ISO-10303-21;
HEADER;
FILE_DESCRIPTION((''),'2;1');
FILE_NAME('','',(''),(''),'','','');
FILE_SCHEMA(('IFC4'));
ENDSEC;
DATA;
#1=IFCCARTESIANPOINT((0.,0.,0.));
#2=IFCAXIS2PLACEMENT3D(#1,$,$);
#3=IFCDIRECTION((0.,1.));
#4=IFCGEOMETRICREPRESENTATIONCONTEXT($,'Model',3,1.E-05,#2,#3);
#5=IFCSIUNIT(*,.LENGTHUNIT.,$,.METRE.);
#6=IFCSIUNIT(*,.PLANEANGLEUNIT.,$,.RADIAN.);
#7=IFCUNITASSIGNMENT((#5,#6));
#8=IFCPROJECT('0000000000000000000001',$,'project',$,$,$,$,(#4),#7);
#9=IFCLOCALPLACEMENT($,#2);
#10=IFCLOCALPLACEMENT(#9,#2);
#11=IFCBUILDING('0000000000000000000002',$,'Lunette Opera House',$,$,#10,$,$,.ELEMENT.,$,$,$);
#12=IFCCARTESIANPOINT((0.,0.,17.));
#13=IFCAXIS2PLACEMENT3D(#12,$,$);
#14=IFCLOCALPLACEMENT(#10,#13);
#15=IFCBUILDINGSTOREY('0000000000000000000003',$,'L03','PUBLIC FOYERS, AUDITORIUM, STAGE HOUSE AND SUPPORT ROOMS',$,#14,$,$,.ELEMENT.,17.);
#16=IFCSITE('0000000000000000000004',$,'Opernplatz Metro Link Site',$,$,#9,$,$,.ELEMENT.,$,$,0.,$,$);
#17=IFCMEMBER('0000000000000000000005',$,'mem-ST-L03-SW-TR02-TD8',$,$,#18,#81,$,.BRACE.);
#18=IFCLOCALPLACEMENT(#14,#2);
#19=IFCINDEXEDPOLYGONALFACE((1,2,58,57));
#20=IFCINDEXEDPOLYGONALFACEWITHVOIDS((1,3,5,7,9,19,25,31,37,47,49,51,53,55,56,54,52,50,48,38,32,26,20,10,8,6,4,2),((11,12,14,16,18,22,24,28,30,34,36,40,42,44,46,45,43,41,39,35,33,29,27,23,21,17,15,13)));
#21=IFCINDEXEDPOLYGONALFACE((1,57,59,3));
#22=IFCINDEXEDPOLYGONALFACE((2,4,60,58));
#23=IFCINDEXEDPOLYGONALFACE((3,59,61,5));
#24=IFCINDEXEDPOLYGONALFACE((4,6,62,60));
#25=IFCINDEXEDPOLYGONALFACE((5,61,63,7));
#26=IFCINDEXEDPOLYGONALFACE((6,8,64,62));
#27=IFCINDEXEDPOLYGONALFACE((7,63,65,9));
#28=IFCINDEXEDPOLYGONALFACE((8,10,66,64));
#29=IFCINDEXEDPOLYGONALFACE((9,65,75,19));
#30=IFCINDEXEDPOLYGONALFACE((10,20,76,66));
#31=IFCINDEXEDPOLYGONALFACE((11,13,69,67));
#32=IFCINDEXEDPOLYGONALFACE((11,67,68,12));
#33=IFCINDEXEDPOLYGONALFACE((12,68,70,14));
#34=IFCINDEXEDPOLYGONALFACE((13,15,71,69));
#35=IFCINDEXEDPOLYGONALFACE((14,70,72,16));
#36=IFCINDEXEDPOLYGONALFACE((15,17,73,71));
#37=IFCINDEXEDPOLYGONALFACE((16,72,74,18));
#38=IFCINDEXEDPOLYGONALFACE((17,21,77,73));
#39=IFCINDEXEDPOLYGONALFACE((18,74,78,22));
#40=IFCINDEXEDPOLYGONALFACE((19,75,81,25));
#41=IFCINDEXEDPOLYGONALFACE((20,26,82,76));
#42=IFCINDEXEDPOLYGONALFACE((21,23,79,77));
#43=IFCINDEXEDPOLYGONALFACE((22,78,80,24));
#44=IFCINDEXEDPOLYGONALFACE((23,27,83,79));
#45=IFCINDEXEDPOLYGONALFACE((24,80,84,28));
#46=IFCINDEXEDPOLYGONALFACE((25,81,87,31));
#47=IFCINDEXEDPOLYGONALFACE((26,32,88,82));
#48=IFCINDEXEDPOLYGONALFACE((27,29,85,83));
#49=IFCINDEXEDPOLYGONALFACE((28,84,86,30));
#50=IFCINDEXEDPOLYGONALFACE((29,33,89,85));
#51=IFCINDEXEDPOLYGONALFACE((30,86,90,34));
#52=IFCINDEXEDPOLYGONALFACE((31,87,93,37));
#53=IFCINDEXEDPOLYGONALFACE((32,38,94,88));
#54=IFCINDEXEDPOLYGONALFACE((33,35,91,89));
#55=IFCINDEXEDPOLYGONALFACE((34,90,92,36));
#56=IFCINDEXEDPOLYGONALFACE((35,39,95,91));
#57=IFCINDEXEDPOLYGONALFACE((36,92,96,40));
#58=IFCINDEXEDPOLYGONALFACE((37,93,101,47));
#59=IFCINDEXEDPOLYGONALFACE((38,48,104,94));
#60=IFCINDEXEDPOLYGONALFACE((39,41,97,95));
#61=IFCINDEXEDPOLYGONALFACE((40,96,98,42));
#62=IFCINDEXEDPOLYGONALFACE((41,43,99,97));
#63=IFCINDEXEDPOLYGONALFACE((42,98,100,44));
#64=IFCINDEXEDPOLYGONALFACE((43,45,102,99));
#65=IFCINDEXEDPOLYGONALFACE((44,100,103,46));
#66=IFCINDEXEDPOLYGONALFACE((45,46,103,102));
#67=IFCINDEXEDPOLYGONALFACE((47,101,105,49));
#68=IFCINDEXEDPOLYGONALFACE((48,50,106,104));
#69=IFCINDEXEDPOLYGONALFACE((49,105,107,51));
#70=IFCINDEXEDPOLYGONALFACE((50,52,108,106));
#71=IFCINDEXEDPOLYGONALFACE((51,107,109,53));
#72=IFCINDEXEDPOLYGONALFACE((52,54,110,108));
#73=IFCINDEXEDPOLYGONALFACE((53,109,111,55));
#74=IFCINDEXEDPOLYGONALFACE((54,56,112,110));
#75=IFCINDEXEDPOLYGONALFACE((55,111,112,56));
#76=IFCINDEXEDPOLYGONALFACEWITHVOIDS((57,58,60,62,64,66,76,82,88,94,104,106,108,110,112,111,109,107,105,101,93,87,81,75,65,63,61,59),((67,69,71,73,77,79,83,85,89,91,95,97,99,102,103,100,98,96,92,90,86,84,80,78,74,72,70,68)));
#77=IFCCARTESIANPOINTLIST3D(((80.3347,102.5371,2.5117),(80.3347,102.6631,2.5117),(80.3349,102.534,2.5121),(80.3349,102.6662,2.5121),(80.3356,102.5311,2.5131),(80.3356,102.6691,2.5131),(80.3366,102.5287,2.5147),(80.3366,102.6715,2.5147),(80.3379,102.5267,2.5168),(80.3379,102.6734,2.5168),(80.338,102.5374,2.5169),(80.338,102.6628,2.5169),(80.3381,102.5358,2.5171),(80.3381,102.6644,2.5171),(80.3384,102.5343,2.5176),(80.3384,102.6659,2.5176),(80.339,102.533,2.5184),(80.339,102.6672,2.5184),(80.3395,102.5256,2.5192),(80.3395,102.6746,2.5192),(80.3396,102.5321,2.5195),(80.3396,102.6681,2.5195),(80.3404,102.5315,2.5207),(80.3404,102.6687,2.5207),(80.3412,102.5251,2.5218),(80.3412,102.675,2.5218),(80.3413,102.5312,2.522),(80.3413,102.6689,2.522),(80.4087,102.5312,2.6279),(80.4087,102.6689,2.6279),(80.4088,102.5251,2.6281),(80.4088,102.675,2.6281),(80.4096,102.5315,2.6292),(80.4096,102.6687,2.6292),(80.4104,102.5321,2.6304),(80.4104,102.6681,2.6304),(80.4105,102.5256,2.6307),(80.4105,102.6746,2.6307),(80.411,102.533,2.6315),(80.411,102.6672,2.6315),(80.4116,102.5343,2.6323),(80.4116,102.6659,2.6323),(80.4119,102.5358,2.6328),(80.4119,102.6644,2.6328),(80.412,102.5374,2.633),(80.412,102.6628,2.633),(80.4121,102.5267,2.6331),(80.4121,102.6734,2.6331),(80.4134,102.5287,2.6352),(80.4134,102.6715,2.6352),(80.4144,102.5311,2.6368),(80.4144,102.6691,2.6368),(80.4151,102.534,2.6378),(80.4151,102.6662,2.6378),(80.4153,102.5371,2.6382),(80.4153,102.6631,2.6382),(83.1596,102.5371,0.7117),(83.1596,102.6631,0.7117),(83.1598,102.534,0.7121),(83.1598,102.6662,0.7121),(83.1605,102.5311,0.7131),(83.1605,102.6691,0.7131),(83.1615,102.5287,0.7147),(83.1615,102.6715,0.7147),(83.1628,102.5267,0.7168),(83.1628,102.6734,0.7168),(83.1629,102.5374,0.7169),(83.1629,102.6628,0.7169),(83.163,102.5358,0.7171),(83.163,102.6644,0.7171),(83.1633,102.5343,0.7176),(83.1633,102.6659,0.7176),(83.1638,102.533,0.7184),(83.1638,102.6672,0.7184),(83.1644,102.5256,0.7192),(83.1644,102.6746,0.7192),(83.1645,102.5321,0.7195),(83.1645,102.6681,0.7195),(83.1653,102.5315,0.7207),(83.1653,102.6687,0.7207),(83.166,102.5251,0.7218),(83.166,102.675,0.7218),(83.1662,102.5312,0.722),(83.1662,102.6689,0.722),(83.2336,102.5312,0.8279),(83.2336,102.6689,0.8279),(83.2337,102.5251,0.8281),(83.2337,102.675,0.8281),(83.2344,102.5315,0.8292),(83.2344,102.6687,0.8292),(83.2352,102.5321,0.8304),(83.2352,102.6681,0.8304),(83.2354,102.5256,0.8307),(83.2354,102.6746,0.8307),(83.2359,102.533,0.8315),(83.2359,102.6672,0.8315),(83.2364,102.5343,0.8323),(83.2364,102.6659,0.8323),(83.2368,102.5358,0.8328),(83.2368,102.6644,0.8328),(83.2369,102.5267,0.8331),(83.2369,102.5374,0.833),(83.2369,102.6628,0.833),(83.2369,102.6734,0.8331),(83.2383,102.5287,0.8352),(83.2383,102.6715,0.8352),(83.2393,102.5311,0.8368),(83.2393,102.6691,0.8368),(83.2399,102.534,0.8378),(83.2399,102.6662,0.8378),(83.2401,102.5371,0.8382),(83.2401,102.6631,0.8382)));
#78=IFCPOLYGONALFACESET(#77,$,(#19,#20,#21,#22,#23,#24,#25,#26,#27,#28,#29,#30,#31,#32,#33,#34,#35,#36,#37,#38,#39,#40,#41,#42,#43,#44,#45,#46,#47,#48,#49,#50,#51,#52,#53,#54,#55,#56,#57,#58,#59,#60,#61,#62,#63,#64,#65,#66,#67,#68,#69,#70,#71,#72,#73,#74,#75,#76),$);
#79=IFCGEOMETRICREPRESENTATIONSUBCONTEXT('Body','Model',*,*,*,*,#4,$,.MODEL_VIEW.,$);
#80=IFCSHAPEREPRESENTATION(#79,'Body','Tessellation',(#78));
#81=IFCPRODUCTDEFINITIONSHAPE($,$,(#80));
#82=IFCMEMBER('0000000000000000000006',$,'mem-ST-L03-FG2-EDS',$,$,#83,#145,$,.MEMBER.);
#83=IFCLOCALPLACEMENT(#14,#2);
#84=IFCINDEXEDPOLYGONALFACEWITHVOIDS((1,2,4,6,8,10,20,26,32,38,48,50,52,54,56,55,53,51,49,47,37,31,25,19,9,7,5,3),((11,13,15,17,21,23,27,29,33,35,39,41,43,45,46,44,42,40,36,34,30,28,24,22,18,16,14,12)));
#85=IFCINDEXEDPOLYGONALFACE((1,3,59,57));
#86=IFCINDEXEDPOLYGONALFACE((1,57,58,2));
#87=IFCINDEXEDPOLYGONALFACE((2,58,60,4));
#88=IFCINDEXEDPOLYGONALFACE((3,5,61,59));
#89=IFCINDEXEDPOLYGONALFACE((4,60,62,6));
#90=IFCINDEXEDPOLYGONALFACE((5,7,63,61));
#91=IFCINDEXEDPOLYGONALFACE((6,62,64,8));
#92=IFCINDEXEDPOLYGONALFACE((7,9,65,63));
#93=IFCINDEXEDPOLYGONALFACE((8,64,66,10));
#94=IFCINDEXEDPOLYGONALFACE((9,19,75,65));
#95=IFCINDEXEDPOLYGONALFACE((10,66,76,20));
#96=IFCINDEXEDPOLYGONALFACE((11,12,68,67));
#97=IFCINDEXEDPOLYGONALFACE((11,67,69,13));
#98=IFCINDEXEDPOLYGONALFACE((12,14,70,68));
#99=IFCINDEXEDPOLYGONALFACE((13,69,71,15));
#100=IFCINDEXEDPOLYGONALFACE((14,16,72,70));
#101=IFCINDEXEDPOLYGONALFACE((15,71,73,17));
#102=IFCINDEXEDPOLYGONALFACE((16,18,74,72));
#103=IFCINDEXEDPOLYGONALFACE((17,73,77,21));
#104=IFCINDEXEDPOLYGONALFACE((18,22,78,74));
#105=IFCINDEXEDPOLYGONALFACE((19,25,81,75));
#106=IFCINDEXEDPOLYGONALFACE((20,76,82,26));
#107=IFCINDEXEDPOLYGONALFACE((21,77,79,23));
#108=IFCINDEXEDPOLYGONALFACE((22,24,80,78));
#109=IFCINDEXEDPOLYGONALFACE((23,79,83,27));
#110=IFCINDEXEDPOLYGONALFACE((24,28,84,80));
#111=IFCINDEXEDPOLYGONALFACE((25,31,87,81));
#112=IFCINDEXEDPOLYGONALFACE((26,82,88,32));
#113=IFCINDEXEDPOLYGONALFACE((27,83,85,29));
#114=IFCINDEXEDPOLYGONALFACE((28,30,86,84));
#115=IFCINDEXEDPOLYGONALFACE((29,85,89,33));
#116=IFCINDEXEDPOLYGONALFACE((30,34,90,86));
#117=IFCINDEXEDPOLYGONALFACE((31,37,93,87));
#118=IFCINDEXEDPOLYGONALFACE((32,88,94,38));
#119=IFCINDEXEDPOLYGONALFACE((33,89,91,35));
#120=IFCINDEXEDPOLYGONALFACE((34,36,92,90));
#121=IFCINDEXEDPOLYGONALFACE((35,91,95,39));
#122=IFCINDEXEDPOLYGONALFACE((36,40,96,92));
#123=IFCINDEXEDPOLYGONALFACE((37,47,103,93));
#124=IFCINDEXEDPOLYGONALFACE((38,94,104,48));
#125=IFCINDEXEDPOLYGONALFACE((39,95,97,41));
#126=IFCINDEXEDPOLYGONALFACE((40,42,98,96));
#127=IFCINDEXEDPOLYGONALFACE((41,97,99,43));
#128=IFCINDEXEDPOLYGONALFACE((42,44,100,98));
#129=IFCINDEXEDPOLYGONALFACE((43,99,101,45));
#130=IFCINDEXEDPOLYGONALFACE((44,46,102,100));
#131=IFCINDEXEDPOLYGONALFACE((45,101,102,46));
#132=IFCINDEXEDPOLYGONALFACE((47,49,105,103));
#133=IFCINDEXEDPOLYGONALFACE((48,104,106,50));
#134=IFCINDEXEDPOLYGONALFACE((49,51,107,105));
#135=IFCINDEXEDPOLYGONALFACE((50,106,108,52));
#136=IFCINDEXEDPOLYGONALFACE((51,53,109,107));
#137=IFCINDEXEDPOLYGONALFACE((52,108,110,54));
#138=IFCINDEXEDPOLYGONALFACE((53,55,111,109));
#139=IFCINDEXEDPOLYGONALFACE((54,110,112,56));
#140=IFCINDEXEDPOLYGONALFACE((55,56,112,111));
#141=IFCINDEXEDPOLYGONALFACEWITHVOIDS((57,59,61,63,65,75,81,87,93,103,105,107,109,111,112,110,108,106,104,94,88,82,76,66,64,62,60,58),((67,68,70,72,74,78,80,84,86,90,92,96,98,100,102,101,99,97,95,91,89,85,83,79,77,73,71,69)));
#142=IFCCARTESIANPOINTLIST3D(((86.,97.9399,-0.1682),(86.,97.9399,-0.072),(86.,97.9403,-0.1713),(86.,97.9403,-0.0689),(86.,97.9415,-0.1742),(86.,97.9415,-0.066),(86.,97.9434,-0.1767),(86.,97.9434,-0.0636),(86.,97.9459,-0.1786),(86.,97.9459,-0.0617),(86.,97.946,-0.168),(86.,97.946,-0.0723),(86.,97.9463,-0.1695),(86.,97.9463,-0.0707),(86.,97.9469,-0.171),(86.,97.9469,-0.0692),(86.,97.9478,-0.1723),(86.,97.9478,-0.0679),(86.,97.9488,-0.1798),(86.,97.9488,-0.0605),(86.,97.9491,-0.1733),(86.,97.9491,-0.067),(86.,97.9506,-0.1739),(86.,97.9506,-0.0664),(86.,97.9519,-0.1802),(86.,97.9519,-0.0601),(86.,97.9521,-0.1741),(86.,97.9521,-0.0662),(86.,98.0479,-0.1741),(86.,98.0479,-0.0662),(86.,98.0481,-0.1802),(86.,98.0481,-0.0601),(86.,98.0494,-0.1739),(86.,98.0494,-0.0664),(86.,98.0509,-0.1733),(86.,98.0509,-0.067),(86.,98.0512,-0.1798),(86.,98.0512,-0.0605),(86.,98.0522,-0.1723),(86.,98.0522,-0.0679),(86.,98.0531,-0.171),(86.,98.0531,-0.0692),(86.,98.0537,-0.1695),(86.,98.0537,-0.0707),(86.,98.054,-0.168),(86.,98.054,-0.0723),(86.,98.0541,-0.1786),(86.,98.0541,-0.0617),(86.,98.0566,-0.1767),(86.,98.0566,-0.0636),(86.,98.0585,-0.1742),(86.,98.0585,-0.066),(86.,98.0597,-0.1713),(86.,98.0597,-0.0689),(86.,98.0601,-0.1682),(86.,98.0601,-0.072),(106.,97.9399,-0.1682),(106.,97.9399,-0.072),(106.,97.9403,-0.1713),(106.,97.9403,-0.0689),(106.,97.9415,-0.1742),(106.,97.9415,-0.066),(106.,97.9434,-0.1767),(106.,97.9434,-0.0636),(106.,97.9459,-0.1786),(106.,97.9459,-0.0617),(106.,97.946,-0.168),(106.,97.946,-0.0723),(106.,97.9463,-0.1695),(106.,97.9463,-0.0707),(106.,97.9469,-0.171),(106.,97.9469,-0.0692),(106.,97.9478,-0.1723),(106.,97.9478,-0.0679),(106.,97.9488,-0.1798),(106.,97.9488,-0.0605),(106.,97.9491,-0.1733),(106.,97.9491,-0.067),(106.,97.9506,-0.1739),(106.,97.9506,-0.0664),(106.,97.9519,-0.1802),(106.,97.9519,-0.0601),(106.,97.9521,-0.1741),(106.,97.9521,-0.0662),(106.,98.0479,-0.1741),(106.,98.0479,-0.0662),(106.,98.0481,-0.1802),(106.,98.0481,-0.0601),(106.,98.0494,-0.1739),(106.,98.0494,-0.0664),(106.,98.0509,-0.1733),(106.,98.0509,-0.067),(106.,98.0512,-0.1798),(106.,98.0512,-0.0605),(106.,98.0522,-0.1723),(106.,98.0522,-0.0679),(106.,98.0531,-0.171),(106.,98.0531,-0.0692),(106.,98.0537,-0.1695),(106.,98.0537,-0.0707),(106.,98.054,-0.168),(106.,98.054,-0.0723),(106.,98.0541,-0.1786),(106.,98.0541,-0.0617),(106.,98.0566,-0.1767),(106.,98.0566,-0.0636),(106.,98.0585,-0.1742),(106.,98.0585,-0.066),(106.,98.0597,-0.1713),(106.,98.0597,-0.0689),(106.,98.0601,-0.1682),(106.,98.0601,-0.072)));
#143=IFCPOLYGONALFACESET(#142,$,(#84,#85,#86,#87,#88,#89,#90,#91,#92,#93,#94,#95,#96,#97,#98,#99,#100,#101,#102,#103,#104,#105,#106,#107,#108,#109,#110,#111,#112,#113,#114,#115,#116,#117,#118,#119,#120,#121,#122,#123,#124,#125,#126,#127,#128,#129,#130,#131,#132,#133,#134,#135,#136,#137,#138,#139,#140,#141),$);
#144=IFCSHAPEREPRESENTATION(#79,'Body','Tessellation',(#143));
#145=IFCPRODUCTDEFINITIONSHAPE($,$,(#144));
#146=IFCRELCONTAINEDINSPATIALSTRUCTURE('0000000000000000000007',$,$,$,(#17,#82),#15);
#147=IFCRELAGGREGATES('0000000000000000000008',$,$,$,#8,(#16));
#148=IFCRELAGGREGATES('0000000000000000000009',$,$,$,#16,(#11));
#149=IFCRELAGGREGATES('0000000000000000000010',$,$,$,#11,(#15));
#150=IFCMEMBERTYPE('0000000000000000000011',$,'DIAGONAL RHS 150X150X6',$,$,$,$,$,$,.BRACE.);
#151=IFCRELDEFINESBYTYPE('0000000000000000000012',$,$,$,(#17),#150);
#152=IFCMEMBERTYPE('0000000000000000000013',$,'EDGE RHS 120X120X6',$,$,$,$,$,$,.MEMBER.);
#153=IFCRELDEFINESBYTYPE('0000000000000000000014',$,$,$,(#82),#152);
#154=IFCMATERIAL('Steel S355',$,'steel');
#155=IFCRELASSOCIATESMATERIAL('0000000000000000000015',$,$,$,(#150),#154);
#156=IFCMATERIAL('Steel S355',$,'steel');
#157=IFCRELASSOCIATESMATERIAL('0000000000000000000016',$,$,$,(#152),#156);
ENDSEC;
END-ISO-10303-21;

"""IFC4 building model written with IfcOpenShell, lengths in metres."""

from ifc_helpers import new_model, si_unit, direction, frame, origin, origin_2d, place, context, subcontext, project, spatial, hollow_rectangle, extrude, material, material_profile, profile_set, type_object, element, save


model = new_model("IFC4")

# Units and contexts
model_context = context("Model", 3, precision=1e-05, world=origin(), true_north=direction((0.0, 1.0)))
body_context = subcontext(model_context, "Body", "Model", "MODEL_VIEW")
ifc_project = project(units=[si_unit("LENGTHUNIT", "METRE"), si_unit("PLANEANGLEUNIT", "RADIAN")], contexts=[model_context])

# Site, building, storey
site_placement = place(None, origin())
site = spatial("IfcSite", under=ifc_project, at=site_placement, Name="Opernplatz Metro Link Site", CompositionType="ELEMENT", RefElevation=0.0)
building_placement = place(site_placement, origin())
building = spatial("IfcBuilding", under=site, at=building_placement, Name="Lunette Opera House", CompositionType="ELEMENT")
storey_placement = place(building_placement, frame((0.0, 0.0, 17.0)))
storey = spatial("IfcBuildingStorey", under=building, at=storey_placement, Name="L03", Description="PUBLIC FOYERS, AUDITORIUM, STAGE HOUSE AND SUPPORT ROOMS", CompositionType="ELEMENT", Elevation=17.0)

# Members
ifc_material_1 = material(Name="Steel S355", Category="steel")
ifc_material_profile_1 = material_profile(ifc_material_1, hollow_rectangle(XDim=0.1499, YDim=0.1499, WallThickness=0.0061, InnerFilletRadius=0.0061, OuterFilletRadius=0.012, at=origin_2d()), Name="RHS 150X150X6")
ifc_profile_set_1 = profile_set([ifc_material_profile_1], Name="Steel S355")
member_type_1 = type_object("IfcMemberType", Name="DIAGONAL RHS 150X150X6", PredefinedType="BRACE", material=ifc_profile_set_1)
member_1_placement = place(storey_placement, frame((80.375, 102.6001, 2.575), z_axis=(0.843343, 0.0, -0.537375), x_axis=(0.0, 1.0, 0.0)))
element("IfcMember", 1, at=member_1_placement, inside=storey, type_object=member_type_1, Name="mem-ST-L03-SW-TR02-TD8", PredefinedType="BRACE", context=body_context, shape_type="SweptSolid", body=[
    extrude(hollow_rectangle(XDim=0.1499, YDim=0.1499, WallThickness=0.0061, InnerFilletRadius=0.0061, OuterFilletRadius=0.012, at=origin_2d()), origin(), (0.0, 0.0, 1.0), 3.3496),
])
ifc_material_2 = material(Name="Steel S355", Category="steel")
ifc_material_profile_2 = material_profile(ifc_material_2, hollow_rectangle(XDim=0.1201, YDim=0.1201, WallThickness=0.0061, InnerFilletRadius=0.0061, OuterFilletRadius=0.012, at=origin_2d()), Name="RHS 120X120X6")
ifc_profile_set_2 = profile_set([ifc_material_profile_2], Name="Steel S355")
member_type_2 = type_object("IfcMemberType", Name="EDGE RHS 120X120X6", PredefinedType="MEMBER", material=ifc_profile_set_2)
for number, where, z_axis, x_axis, name in (
    (2, (86.0, 98.0, -0.1201), (1.0, 0.0, 0.0), (0.0, 1.0, 0.0), "mem-ST-L03-FG2-EDS"),
):
    element("IfcMember", number, at=place(storey_placement, frame(where, z_axis=z_axis, x_axis=x_axis)), inside=storey, type_object=member_type_2, Name=name, PredefinedType="MEMBER", context=body_context, shape_type="SweptSolid", body=[
        extrude(hollow_rectangle(XDim=0.1201, YDim=0.1201, WallThickness=0.0061, InnerFilletRadius=0.0061, OuterFilletRadius=0.012, at=origin_2d()), origin(), (0.0, 0.0, 1.0), 20.0),
    ])

save(model, "model.ifc")
